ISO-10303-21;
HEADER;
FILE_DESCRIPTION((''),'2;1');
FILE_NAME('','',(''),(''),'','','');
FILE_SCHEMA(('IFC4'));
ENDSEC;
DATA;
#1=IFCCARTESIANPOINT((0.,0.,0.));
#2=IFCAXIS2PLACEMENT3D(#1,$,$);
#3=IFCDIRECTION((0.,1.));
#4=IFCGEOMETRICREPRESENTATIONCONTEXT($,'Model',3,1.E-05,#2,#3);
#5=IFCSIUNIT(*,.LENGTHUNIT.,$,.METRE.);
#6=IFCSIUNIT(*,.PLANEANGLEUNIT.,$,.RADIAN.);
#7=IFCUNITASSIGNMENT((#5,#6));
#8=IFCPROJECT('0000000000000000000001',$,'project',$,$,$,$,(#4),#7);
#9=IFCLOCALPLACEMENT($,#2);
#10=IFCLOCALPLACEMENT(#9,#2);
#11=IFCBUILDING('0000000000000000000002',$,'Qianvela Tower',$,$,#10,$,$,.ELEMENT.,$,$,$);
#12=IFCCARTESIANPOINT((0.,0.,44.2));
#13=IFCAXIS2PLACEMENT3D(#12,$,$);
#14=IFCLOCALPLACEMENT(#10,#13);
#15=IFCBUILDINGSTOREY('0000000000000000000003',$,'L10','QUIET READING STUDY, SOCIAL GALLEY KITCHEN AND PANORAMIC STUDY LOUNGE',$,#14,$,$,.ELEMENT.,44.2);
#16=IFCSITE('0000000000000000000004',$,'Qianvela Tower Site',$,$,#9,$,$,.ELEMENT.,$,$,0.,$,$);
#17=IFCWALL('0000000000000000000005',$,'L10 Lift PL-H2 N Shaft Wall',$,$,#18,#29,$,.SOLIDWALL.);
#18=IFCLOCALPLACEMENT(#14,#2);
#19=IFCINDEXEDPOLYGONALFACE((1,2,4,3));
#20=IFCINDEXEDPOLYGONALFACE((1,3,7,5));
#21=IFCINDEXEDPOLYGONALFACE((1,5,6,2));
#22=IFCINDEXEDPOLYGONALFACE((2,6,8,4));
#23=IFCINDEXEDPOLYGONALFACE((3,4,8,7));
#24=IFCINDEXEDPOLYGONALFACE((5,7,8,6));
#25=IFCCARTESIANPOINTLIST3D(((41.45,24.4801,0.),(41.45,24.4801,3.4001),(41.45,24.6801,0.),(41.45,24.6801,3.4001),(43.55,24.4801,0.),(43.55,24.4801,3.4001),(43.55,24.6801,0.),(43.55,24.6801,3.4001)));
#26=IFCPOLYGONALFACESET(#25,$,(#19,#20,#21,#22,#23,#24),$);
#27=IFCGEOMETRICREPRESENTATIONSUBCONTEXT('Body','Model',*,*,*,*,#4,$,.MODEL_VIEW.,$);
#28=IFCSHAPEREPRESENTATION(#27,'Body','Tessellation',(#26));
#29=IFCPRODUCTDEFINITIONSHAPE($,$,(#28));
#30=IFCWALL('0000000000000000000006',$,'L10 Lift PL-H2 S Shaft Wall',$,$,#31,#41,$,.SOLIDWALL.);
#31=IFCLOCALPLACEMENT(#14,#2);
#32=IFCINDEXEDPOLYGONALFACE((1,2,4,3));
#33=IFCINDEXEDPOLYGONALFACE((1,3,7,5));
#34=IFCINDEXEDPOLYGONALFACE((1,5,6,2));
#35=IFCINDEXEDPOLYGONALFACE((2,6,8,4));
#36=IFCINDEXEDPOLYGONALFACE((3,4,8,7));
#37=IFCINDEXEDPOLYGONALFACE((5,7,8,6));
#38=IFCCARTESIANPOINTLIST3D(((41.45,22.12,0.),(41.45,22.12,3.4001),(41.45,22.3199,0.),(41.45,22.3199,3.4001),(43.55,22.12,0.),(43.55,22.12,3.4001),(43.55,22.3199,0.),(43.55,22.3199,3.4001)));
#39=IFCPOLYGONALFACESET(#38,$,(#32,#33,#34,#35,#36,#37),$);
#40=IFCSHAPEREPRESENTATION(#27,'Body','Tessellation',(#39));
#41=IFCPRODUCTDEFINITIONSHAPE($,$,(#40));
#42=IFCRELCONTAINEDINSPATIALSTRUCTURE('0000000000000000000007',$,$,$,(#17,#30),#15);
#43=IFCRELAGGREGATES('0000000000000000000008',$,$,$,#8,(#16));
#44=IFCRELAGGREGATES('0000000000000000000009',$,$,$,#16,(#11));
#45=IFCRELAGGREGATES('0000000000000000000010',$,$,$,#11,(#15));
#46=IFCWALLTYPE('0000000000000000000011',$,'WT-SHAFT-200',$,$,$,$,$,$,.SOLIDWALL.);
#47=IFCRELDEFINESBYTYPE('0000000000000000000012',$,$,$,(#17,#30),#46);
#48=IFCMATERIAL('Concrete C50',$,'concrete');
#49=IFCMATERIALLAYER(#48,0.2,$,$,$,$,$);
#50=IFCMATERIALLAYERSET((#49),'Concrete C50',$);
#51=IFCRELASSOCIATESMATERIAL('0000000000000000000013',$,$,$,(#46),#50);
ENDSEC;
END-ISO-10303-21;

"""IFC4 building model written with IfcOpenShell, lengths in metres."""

from ifc_helpers import new_model, si_unit, direction, frame, frame_2d, origin, place, context, subcontext, project, spatial, rectangle, extrude, material, layer, layer_set, type_object, element, save


model = new_model("IFC4")

# Units and contexts
model_context = context("Model", 3, precision=1e-05, world=origin(), true_north=direction((0.0, 1.0)))
body_context = subcontext(model_context, "Body", "Model", "MODEL_VIEW")
ifc_project = project(units=[si_unit("LENGTHUNIT", "METRE"), si_unit("PLANEANGLEUNIT", "RADIAN")], contexts=[model_context])

# Site, building, storey
site_placement = place(None, origin())
site = spatial("IfcSite", under=ifc_project, at=site_placement, Name="Qianvela Tower Site", CompositionType="ELEMENT", RefElevation=0.0)
building_placement = place(site_placement, origin())
building = spatial("IfcBuilding", under=site, at=building_placement, Name="Qianvela Tower", CompositionType="ELEMENT")
storey_placement = place(building_placement, frame((0.0, 0.0, 44.2)))
storey = spatial("IfcBuildingStorey", under=building, at=storey_placement, Name="L10", Description="QUIET READING STUDY, SOCIAL GALLEY KITCHEN AND PANORAMIC STUDY LOUNGE", CompositionType="ELEMENT", Elevation=44.2)

# Walls
ifc_material_1 = material(Name="Concrete C50", Category="concrete")
ifc_layer_1 = layer(ifc_material_1, 0.2)
ifc_layer_set_1 = layer_set([ifc_layer_1], Name="Concrete C50")
wall_type_1 = type_object("IfcWallType", Name="WT-SHAFT-200", PredefinedType="SOLIDWALL", material=ifc_layer_set_1)
for number, where, z_axis, x_axis, name in (
    (1, (41.45, 24.5801, 0.0), (0.0, 0.0, 1.0), (1.0, 0.0, 0.0), "L10 Lift PL-H2 N Shaft Wall"),
    (2, (41.45, 22.22, 0.0), (0.0, 0.0, 1.0), (1.0, 0.0, 0.0), "L10 Lift PL-H2 S Shaft Wall"),
):
    element("IfcWall", number, at=place(storey_placement, frame(where, z_axis=z_axis, x_axis=x_axis)), inside=storey, type_object=wall_type_1, Name=name, PredefinedType="SOLIDWALL", context=body_context, shape_type="SweptSolid", body=[
        extrude(rectangle(XDim=2.1001, YDim=0.2, at=frame_2d((1.05, 0.0))), origin(), (0.0, 0.0, 1.0), 3.4001),
    ])

save(model, "model.ifc")
